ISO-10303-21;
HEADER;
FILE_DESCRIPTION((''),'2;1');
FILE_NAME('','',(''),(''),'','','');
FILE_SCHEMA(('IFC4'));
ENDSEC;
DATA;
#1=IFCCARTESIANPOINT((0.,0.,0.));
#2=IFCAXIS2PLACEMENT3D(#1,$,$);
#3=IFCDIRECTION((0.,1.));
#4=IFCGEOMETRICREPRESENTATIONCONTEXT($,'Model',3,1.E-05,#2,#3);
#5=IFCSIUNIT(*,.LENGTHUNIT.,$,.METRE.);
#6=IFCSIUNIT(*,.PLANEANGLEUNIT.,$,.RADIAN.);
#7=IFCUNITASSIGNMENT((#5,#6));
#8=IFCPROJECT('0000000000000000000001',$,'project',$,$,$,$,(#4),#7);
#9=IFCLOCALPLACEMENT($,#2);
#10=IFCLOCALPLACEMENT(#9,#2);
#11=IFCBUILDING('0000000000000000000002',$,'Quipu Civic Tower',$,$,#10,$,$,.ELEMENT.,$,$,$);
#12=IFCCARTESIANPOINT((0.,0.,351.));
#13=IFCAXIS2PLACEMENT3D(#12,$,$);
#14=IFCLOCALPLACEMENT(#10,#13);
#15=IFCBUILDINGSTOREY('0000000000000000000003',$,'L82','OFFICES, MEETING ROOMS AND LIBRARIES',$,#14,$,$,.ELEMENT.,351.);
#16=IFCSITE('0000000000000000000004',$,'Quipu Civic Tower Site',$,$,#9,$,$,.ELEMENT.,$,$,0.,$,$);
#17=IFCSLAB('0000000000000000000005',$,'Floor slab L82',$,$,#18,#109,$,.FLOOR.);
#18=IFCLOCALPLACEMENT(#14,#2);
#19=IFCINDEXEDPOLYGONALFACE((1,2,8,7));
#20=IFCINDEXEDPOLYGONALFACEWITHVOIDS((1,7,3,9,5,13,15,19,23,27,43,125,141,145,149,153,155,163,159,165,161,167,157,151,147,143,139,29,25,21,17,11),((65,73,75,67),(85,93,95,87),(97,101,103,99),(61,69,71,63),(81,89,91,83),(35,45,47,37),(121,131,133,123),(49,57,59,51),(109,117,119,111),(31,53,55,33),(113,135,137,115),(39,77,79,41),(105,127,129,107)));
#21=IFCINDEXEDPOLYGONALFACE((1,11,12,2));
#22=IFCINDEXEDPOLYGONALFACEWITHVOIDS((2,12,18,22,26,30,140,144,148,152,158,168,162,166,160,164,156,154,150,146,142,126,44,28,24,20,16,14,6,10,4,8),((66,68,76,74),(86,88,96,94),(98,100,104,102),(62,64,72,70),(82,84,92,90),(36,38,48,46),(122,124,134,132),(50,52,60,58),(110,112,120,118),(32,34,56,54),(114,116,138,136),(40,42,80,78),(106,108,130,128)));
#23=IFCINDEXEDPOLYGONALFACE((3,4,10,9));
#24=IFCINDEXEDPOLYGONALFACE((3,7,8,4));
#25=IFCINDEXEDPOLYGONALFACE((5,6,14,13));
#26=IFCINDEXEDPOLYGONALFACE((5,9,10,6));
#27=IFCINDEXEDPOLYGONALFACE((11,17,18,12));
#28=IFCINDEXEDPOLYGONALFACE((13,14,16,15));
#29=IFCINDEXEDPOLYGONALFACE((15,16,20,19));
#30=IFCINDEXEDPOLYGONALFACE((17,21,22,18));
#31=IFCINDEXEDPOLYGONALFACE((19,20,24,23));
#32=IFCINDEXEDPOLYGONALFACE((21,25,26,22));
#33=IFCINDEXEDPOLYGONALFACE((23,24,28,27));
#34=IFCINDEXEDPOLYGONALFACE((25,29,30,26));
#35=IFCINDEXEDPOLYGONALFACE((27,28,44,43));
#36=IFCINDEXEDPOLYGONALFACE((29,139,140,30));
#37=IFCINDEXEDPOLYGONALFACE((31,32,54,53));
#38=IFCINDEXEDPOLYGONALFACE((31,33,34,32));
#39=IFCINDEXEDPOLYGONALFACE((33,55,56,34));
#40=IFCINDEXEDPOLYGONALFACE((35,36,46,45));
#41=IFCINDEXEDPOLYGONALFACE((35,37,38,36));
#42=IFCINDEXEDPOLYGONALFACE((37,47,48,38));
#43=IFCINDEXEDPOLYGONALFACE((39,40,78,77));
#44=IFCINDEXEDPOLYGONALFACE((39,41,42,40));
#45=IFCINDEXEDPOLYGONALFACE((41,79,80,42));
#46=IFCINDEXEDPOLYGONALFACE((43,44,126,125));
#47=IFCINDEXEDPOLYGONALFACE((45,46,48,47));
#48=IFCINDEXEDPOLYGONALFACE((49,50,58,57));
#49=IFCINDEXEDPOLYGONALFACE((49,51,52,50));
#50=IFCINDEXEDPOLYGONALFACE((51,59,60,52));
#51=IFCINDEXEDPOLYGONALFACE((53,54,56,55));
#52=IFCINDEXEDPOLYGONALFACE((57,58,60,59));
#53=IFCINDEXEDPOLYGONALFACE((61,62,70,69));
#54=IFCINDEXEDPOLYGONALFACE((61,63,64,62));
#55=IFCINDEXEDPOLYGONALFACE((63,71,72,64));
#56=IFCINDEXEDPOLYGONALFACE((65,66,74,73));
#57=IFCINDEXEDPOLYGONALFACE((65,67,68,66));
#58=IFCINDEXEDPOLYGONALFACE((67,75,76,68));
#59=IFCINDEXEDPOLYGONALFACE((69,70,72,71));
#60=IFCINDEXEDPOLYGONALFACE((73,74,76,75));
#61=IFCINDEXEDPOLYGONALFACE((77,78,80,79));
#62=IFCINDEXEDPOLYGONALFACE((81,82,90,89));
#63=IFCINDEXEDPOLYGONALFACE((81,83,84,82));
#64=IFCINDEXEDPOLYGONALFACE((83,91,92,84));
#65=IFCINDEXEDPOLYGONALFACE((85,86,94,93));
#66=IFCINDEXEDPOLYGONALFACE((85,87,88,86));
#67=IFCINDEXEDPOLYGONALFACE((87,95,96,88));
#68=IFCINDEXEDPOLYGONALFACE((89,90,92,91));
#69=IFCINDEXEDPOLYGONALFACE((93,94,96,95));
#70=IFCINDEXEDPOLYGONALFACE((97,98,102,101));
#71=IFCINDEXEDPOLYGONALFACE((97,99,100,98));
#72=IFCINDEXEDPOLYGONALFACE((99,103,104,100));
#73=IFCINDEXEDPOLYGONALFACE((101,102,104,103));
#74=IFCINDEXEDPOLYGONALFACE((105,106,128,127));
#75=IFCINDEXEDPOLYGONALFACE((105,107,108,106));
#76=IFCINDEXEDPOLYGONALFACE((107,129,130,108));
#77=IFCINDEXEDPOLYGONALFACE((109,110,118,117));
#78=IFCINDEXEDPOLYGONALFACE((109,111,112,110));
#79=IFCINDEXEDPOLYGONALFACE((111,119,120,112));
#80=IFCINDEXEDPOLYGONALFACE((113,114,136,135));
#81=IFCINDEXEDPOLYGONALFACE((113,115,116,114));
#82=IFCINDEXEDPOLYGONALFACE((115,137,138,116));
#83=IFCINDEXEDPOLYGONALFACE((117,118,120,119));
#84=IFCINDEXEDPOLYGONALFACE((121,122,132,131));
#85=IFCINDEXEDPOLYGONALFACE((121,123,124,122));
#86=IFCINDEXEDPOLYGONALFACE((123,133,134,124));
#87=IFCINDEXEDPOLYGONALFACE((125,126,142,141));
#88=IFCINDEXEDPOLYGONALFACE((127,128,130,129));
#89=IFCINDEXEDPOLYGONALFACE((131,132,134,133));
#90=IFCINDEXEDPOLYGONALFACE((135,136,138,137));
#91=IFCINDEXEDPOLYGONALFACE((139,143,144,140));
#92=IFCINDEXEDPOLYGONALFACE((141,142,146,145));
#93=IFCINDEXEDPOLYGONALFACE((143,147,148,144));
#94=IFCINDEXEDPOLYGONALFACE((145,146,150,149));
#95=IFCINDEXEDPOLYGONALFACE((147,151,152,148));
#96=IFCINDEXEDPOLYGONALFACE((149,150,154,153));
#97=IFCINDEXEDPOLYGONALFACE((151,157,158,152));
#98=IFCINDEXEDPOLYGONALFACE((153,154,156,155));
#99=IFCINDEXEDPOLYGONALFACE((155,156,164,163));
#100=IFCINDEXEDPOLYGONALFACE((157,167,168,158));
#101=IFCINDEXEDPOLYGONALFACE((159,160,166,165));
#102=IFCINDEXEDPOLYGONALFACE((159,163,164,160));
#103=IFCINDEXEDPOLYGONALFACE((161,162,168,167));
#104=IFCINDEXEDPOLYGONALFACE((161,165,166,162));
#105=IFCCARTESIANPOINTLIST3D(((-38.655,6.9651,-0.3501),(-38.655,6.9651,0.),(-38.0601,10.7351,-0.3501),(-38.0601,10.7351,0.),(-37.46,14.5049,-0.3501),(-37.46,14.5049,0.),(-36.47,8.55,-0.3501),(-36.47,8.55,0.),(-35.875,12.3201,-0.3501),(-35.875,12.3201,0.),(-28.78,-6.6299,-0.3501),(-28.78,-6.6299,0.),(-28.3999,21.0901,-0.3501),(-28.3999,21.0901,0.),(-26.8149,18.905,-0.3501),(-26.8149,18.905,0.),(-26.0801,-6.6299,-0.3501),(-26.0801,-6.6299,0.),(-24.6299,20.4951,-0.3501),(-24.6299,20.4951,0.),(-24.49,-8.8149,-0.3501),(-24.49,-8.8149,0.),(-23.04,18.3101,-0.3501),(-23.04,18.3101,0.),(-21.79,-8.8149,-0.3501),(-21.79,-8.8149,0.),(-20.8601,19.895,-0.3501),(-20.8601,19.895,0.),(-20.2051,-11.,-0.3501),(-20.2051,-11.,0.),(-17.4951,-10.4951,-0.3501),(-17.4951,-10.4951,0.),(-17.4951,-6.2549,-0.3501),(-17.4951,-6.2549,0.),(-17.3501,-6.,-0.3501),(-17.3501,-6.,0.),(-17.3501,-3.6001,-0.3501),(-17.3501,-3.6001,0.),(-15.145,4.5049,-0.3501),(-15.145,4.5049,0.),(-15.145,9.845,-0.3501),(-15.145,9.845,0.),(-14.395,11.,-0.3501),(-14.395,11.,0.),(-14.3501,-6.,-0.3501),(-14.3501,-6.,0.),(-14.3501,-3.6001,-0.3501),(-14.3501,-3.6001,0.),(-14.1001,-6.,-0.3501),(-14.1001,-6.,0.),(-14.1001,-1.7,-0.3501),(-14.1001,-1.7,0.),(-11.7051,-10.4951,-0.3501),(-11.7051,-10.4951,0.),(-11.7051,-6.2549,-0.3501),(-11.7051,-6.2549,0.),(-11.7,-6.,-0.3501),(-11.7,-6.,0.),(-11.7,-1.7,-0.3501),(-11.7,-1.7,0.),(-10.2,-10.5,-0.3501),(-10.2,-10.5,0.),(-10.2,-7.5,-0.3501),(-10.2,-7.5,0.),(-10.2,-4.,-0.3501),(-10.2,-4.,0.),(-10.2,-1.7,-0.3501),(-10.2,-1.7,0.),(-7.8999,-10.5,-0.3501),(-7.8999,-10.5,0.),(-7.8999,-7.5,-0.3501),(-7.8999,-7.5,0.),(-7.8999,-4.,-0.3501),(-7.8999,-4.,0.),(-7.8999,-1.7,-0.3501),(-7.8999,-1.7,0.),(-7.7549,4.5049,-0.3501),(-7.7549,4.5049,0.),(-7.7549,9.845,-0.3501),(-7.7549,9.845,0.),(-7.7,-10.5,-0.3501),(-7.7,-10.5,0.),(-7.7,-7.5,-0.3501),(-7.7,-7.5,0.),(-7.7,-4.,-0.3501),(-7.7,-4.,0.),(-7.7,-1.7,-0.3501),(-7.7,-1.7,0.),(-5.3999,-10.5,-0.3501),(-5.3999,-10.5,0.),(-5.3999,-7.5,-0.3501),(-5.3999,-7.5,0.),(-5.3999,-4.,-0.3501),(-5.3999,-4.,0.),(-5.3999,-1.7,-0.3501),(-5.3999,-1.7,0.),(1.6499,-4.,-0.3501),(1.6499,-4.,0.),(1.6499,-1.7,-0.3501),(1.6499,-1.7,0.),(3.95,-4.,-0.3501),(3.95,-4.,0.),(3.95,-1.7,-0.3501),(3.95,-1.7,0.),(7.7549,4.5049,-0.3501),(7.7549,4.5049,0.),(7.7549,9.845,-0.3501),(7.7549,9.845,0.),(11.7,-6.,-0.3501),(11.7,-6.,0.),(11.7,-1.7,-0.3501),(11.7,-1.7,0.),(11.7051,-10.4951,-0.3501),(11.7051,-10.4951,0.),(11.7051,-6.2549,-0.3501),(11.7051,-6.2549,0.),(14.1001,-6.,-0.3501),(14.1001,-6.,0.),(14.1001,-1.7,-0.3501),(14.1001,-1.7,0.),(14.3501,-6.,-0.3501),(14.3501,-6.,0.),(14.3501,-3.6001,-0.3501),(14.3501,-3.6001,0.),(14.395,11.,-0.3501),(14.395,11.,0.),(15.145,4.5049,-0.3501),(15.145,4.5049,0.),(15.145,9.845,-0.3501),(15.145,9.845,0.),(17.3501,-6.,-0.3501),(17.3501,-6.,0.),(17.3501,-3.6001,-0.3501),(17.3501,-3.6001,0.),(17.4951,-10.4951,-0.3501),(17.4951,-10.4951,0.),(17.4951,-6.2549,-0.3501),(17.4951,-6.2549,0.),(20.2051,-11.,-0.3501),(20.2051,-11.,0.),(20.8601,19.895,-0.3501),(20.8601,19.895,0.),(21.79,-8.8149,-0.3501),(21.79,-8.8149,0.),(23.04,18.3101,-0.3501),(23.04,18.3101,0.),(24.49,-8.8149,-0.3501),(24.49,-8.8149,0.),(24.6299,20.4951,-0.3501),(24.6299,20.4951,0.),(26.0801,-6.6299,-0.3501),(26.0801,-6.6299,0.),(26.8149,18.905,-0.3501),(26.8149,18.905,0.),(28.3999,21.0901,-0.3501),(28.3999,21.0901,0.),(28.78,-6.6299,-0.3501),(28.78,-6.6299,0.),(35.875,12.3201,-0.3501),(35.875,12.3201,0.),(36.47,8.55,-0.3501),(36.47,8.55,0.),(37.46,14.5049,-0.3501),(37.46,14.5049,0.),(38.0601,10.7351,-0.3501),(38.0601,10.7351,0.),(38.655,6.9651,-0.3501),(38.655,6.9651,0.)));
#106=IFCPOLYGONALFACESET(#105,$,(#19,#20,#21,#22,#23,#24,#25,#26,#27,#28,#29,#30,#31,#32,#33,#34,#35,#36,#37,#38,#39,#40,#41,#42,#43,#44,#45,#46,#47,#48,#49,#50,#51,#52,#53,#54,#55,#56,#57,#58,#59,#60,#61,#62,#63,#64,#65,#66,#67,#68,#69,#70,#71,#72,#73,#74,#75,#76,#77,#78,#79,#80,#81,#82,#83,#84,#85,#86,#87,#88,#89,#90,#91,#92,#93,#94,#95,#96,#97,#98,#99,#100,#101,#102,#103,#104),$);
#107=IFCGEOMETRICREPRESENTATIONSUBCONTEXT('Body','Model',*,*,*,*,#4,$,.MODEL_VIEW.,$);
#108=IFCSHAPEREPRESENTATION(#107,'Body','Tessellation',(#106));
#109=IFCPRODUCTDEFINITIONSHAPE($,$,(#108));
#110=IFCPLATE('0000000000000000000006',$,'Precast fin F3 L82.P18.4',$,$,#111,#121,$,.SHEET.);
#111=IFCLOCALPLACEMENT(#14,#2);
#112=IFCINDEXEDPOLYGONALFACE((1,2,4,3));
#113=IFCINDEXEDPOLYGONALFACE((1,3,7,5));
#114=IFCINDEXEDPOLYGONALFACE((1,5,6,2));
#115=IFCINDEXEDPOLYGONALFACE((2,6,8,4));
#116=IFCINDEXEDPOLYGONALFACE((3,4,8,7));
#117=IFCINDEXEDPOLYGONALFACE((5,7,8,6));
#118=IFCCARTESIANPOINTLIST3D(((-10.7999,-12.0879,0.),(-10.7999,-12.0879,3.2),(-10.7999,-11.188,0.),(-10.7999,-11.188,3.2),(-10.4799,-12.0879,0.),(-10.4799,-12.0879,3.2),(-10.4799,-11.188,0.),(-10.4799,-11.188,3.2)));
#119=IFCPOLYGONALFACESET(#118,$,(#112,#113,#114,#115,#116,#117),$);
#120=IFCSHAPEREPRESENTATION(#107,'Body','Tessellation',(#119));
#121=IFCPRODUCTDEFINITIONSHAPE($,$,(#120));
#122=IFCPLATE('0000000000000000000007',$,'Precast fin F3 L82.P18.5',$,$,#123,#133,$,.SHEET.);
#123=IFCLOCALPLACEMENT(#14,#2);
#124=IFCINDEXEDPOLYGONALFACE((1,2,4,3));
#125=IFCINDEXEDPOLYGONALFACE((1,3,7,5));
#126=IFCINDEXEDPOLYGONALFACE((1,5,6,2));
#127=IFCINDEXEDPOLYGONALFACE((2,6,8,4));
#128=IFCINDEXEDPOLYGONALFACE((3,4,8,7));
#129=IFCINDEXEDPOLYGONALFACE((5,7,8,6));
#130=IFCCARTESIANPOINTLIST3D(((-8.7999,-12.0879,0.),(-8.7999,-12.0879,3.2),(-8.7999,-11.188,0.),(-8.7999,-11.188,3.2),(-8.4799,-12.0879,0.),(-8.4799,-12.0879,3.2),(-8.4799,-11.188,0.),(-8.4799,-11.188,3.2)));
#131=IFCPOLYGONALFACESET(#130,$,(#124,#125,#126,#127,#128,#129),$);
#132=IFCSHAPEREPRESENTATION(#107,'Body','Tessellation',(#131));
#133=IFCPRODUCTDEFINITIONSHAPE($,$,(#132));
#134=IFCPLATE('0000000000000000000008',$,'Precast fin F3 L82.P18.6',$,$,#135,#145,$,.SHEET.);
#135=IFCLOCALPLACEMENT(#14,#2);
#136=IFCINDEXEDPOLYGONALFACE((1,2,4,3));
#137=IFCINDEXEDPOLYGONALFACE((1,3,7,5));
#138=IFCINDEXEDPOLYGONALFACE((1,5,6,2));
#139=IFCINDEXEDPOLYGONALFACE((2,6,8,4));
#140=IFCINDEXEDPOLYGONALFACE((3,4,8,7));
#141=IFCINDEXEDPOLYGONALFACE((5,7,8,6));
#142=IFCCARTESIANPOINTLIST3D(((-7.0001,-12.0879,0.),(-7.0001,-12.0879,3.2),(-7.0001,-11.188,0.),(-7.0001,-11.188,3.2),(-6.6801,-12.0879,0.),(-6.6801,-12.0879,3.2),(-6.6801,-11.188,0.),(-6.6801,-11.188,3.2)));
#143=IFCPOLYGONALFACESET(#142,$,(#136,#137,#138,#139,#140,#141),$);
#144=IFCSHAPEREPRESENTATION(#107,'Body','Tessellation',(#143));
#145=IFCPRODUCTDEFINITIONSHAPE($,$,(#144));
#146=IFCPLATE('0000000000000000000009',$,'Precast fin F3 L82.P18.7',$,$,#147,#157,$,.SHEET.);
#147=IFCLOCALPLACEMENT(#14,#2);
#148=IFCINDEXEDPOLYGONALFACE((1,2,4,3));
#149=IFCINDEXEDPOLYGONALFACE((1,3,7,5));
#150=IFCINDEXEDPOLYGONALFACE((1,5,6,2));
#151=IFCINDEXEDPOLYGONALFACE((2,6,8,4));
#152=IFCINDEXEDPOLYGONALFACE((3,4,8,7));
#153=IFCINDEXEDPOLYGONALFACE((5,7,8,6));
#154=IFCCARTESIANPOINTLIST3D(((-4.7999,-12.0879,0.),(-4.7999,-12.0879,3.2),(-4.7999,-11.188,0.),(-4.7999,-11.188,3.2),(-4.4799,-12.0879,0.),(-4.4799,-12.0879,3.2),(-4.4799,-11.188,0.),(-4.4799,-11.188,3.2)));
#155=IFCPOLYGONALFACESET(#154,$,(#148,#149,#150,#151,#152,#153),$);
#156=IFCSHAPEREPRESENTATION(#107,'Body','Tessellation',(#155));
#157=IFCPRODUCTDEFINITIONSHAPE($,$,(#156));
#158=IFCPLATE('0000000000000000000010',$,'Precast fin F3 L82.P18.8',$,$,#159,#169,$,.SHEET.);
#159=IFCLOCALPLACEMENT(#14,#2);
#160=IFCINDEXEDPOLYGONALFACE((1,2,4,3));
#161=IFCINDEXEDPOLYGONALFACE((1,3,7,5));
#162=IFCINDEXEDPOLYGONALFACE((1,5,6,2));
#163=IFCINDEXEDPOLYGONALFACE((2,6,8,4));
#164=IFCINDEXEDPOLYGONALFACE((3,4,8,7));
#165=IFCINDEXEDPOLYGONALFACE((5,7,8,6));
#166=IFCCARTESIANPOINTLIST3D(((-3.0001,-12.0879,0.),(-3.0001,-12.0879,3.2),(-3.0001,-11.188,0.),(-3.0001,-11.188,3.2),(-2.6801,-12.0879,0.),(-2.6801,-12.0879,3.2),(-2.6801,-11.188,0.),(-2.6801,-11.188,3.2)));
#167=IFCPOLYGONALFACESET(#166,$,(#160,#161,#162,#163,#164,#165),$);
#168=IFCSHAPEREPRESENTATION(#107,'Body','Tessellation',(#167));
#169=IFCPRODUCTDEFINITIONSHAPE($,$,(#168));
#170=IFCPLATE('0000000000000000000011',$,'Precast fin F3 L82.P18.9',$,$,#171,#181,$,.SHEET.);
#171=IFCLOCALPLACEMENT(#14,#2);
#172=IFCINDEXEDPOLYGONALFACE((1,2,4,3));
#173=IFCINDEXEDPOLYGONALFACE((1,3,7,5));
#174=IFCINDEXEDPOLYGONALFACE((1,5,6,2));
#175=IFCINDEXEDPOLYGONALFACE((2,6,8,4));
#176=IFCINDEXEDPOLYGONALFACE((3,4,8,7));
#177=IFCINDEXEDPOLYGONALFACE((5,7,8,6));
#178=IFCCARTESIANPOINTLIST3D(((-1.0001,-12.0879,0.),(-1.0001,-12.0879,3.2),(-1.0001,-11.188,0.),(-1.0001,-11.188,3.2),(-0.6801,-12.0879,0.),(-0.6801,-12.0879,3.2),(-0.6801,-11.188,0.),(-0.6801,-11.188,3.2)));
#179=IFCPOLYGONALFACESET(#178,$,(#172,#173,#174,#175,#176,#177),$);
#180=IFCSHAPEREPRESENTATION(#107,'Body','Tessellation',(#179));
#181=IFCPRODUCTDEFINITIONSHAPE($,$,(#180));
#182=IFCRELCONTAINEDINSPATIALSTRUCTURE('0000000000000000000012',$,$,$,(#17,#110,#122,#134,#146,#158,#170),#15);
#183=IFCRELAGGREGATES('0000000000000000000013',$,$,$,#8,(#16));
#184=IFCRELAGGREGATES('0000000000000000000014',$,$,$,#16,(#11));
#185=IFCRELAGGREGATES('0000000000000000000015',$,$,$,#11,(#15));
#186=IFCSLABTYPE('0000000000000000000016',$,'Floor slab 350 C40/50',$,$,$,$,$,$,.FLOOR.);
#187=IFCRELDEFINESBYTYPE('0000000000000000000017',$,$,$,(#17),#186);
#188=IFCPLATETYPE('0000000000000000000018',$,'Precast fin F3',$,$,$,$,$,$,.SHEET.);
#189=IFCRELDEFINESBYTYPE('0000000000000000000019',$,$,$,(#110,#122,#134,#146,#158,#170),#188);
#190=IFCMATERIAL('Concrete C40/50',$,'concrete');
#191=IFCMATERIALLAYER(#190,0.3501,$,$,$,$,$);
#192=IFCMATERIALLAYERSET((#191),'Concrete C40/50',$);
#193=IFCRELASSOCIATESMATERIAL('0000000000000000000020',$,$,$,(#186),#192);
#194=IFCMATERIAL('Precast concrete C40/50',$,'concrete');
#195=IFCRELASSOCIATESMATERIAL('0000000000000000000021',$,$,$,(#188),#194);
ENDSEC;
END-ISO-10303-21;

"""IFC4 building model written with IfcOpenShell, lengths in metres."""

from ifc_helpers import new_model, si_unit, direction, frame, origin, origin_2d, place, context, subcontext, project, spatial, polyline, rectangle, outline, extrude, material, layer, layer_set, type_object, element, save


model = new_model("IFC4")

# Units and contexts
model_context = context("Model", 3, precision=1e-05, world=origin(), true_north=direction((0.0, 1.0)))
body_context = subcontext(model_context, "Body", "Model", "MODEL_VIEW")
ifc_project = project(units=[si_unit("LENGTHUNIT", "METRE"), si_unit("PLANEANGLEUNIT", "RADIAN")], contexts=[model_context])

# Site, building, storey
site_placement = place(None, origin())
site = spatial("IfcSite", under=ifc_project, at=site_placement, Name="Quipu Civic Tower Site", CompositionType="ELEMENT", RefElevation=0.0)
building_placement = place(site_placement, origin())
building = spatial("IfcBuilding", under=site, at=building_placement, Name="Quipu Civic Tower", CompositionType="ELEMENT")
storey_placement = place(building_placement, frame((0.0, 0.0, 351.0)))
storey = spatial("IfcBuildingStorey", under=building, at=storey_placement, Name="L82", Description="OFFICES, MEETING ROOMS AND LIBRARIES", CompositionType="ELEMENT", Elevation=351.0)

# Slab
ifc_material_1 = material(Name="Concrete C40/50", Category="concrete")
ifc_layer_1 = layer(ifc_material_1, 0.3501)
ifc_layer_set_1 = layer_set([ifc_layer_1], Name="Concrete C40/50")
slab_type = type_object("IfcSlabType", Name="Floor slab 350 C40/50", PredefinedType="FLOOR", material=ifc_layer_set_1)
slab_placement = place(storey_placement, frame((0.0, 0.0, -0.3501)))
element("IfcSlab", 1, at=slab_placement, inside=storey, type_object=slab_type, Name="Floor slab L82", PredefinedType="FLOOR", context=body_context, shape_type="SweptSolid", body=[
    extrude(outline(polyline([(20.8601, 19.895), (23.04, 18.3101), (24.6299, 20.4951), (26.8149, 18.905), (28.3999, 21.0901), (37.46, 14.5049), (35.875, 12.3201), (38.0601, 10.7351), (36.47, 8.55), (38.655, 6.9651), (28.78, -6.6299), (26.0801, -6.6299), (24.49, -8.8149), (21.79, -8.8149), (20.2051, -11.0), (-20.2051, -11.0), (-21.79, -8.8149), (-24.49, -8.8149), (-26.0801, -6.6299), (-28.78, -6.6299), (-38.655, 6.9651), (-36.47, 8.55), (-38.0601, 10.7351), (-35.875, 12.3201), (-37.46, 14.5049), (-28.3999, 21.0901), (-26.8149, 18.905), (-24.6299, 20.4951), (-23.04, 18.3101), (-20.8601, 19.895), (-14.395, 11.0), (14.395, 11.0), (20.8601, 19.895)]), holes=[polyline([(-10.2, -10.5), (-7.8999, -10.5), (-7.8999, -7.5), (-10.2, -7.5), (-10.2, -10.5)]), polyline([(-7.7, -7.5), (-7.7, -10.5), (-5.3999, -10.5), (-5.3999, -7.5), (-7.7, -7.5)]), polyline([(-11.7051, -6.2549), (-17.4951, -6.2549), (-17.4951, -10.4951), (-11.7051, -10.4951), (-11.7051, -6.2549)]), polyline([(-17.3501, -6.0), (-14.3501, -6.0), (-14.3501, -3.6001), (-17.3501, -3.6001), (-17.3501, -6.0)]), polyline([(-14.1001, -1.7), (-14.1001, -6.0), (-11.7, -6.0), (-11.7, -1.7), (-14.1001, -1.7)]), polyline([(-10.2, -1.7), (-10.2, -4.0), (-7.8999, -4.0), (-7.8999, -1.7), (-10.2, -1.7)]), polyline([(-15.145, 9.845), (-15.145, 4.5049), (-7.7549, 4.5049), (-7.7549, 9.845), (-15.145, 9.845)]), polyline([(11.7051, -10.4951), (17.4951, -10.4951), (17.4951, -6.2549), (11.7051, -6.2549), (11.7051, -10.4951)]), polyline([(14.3501, -3.6001), (14.3501, -6.0), (17.3501, -6.0), (17.3501, -3.6001), (14.3501, -3.6001)]), polyline([(11.7, -1.7), (11.7, -6.0), (14.1001, -6.0), (14.1001, -1.7), (11.7, -1.7)]), polyline([(-7.7, -1.7), (-7.7, -4.0), (-5.3999, -4.0), (-5.3999, -1.7), (-7.7, -1.7)]), polyline([(1.6499, -1.7), (1.6499, -4.0), (3.95, -4.0), (3.95, -1.7), (1.6499, -1.7)]), polyline([(7.7549, 4.5049), (15.145, 4.5049), (15.145, 9.845), (7.7549, 9.845), (7.7549, 4.5049)])]), origin(), (0.0, 0.0, 1.0), 0.3501),
])

# Plates
ifc_material_2 = material(Name="Precast concrete C40/50", Category="concrete")
plate_type = type_object("IfcPlateType", Name="Precast fin F3", PredefinedType="SHEET", material=ifc_material_2)
for number, where, z_axis, x_axis, name in (
    (2, (-10.6399, -11.6379, 0.0), (0.0, 0.0, 1.0), (1.0, 0.0, 0.0), "Precast fin F3 L82.P18.4"),
    (3, (-8.6399, -11.6379, 0.0), (0.0, 0.0, 1.0), (1.0, 0.0, 0.0), "Precast fin F3 L82.P18.5"),
    (4, (-6.8401, -11.6379, 0.0), (0.0, 0.0, 1.0), (1.0, 0.0, 0.0), "Precast fin F3 L82.P18.6"),
    (5, (-4.6399, -11.6379, 0.0), (0.0, 0.0, 1.0), (1.0, 0.0, 0.0), "Precast fin F3 L82.P18.7"),
    (6, (-2.8401, -11.6379, 0.0), (0.0, 0.0, 1.0), (1.0, 0.0, 0.0), "Precast fin F3 L82.P18.8"),
    (7, (-0.8401, -11.6379, 0.0), (0.0, 0.0, 1.0), (1.0, 0.0, 0.0), "Precast fin F3 L82.P18.9"),
):
    element("IfcPlate", number, at=place(storey_placement, frame(where, z_axis=z_axis, x_axis=x_axis)), inside=storey, type_object=plate_type, Name=name, PredefinedType="SHEET", context=body_context, shape_type="SweptSolid", body=[
        extrude(rectangle(XDim=0.3201, YDim=0.8999, at=origin_2d()), origin(), (0.0, 0.0, 1.0), 3.2),
    ])

save(model, "model.ifc")
